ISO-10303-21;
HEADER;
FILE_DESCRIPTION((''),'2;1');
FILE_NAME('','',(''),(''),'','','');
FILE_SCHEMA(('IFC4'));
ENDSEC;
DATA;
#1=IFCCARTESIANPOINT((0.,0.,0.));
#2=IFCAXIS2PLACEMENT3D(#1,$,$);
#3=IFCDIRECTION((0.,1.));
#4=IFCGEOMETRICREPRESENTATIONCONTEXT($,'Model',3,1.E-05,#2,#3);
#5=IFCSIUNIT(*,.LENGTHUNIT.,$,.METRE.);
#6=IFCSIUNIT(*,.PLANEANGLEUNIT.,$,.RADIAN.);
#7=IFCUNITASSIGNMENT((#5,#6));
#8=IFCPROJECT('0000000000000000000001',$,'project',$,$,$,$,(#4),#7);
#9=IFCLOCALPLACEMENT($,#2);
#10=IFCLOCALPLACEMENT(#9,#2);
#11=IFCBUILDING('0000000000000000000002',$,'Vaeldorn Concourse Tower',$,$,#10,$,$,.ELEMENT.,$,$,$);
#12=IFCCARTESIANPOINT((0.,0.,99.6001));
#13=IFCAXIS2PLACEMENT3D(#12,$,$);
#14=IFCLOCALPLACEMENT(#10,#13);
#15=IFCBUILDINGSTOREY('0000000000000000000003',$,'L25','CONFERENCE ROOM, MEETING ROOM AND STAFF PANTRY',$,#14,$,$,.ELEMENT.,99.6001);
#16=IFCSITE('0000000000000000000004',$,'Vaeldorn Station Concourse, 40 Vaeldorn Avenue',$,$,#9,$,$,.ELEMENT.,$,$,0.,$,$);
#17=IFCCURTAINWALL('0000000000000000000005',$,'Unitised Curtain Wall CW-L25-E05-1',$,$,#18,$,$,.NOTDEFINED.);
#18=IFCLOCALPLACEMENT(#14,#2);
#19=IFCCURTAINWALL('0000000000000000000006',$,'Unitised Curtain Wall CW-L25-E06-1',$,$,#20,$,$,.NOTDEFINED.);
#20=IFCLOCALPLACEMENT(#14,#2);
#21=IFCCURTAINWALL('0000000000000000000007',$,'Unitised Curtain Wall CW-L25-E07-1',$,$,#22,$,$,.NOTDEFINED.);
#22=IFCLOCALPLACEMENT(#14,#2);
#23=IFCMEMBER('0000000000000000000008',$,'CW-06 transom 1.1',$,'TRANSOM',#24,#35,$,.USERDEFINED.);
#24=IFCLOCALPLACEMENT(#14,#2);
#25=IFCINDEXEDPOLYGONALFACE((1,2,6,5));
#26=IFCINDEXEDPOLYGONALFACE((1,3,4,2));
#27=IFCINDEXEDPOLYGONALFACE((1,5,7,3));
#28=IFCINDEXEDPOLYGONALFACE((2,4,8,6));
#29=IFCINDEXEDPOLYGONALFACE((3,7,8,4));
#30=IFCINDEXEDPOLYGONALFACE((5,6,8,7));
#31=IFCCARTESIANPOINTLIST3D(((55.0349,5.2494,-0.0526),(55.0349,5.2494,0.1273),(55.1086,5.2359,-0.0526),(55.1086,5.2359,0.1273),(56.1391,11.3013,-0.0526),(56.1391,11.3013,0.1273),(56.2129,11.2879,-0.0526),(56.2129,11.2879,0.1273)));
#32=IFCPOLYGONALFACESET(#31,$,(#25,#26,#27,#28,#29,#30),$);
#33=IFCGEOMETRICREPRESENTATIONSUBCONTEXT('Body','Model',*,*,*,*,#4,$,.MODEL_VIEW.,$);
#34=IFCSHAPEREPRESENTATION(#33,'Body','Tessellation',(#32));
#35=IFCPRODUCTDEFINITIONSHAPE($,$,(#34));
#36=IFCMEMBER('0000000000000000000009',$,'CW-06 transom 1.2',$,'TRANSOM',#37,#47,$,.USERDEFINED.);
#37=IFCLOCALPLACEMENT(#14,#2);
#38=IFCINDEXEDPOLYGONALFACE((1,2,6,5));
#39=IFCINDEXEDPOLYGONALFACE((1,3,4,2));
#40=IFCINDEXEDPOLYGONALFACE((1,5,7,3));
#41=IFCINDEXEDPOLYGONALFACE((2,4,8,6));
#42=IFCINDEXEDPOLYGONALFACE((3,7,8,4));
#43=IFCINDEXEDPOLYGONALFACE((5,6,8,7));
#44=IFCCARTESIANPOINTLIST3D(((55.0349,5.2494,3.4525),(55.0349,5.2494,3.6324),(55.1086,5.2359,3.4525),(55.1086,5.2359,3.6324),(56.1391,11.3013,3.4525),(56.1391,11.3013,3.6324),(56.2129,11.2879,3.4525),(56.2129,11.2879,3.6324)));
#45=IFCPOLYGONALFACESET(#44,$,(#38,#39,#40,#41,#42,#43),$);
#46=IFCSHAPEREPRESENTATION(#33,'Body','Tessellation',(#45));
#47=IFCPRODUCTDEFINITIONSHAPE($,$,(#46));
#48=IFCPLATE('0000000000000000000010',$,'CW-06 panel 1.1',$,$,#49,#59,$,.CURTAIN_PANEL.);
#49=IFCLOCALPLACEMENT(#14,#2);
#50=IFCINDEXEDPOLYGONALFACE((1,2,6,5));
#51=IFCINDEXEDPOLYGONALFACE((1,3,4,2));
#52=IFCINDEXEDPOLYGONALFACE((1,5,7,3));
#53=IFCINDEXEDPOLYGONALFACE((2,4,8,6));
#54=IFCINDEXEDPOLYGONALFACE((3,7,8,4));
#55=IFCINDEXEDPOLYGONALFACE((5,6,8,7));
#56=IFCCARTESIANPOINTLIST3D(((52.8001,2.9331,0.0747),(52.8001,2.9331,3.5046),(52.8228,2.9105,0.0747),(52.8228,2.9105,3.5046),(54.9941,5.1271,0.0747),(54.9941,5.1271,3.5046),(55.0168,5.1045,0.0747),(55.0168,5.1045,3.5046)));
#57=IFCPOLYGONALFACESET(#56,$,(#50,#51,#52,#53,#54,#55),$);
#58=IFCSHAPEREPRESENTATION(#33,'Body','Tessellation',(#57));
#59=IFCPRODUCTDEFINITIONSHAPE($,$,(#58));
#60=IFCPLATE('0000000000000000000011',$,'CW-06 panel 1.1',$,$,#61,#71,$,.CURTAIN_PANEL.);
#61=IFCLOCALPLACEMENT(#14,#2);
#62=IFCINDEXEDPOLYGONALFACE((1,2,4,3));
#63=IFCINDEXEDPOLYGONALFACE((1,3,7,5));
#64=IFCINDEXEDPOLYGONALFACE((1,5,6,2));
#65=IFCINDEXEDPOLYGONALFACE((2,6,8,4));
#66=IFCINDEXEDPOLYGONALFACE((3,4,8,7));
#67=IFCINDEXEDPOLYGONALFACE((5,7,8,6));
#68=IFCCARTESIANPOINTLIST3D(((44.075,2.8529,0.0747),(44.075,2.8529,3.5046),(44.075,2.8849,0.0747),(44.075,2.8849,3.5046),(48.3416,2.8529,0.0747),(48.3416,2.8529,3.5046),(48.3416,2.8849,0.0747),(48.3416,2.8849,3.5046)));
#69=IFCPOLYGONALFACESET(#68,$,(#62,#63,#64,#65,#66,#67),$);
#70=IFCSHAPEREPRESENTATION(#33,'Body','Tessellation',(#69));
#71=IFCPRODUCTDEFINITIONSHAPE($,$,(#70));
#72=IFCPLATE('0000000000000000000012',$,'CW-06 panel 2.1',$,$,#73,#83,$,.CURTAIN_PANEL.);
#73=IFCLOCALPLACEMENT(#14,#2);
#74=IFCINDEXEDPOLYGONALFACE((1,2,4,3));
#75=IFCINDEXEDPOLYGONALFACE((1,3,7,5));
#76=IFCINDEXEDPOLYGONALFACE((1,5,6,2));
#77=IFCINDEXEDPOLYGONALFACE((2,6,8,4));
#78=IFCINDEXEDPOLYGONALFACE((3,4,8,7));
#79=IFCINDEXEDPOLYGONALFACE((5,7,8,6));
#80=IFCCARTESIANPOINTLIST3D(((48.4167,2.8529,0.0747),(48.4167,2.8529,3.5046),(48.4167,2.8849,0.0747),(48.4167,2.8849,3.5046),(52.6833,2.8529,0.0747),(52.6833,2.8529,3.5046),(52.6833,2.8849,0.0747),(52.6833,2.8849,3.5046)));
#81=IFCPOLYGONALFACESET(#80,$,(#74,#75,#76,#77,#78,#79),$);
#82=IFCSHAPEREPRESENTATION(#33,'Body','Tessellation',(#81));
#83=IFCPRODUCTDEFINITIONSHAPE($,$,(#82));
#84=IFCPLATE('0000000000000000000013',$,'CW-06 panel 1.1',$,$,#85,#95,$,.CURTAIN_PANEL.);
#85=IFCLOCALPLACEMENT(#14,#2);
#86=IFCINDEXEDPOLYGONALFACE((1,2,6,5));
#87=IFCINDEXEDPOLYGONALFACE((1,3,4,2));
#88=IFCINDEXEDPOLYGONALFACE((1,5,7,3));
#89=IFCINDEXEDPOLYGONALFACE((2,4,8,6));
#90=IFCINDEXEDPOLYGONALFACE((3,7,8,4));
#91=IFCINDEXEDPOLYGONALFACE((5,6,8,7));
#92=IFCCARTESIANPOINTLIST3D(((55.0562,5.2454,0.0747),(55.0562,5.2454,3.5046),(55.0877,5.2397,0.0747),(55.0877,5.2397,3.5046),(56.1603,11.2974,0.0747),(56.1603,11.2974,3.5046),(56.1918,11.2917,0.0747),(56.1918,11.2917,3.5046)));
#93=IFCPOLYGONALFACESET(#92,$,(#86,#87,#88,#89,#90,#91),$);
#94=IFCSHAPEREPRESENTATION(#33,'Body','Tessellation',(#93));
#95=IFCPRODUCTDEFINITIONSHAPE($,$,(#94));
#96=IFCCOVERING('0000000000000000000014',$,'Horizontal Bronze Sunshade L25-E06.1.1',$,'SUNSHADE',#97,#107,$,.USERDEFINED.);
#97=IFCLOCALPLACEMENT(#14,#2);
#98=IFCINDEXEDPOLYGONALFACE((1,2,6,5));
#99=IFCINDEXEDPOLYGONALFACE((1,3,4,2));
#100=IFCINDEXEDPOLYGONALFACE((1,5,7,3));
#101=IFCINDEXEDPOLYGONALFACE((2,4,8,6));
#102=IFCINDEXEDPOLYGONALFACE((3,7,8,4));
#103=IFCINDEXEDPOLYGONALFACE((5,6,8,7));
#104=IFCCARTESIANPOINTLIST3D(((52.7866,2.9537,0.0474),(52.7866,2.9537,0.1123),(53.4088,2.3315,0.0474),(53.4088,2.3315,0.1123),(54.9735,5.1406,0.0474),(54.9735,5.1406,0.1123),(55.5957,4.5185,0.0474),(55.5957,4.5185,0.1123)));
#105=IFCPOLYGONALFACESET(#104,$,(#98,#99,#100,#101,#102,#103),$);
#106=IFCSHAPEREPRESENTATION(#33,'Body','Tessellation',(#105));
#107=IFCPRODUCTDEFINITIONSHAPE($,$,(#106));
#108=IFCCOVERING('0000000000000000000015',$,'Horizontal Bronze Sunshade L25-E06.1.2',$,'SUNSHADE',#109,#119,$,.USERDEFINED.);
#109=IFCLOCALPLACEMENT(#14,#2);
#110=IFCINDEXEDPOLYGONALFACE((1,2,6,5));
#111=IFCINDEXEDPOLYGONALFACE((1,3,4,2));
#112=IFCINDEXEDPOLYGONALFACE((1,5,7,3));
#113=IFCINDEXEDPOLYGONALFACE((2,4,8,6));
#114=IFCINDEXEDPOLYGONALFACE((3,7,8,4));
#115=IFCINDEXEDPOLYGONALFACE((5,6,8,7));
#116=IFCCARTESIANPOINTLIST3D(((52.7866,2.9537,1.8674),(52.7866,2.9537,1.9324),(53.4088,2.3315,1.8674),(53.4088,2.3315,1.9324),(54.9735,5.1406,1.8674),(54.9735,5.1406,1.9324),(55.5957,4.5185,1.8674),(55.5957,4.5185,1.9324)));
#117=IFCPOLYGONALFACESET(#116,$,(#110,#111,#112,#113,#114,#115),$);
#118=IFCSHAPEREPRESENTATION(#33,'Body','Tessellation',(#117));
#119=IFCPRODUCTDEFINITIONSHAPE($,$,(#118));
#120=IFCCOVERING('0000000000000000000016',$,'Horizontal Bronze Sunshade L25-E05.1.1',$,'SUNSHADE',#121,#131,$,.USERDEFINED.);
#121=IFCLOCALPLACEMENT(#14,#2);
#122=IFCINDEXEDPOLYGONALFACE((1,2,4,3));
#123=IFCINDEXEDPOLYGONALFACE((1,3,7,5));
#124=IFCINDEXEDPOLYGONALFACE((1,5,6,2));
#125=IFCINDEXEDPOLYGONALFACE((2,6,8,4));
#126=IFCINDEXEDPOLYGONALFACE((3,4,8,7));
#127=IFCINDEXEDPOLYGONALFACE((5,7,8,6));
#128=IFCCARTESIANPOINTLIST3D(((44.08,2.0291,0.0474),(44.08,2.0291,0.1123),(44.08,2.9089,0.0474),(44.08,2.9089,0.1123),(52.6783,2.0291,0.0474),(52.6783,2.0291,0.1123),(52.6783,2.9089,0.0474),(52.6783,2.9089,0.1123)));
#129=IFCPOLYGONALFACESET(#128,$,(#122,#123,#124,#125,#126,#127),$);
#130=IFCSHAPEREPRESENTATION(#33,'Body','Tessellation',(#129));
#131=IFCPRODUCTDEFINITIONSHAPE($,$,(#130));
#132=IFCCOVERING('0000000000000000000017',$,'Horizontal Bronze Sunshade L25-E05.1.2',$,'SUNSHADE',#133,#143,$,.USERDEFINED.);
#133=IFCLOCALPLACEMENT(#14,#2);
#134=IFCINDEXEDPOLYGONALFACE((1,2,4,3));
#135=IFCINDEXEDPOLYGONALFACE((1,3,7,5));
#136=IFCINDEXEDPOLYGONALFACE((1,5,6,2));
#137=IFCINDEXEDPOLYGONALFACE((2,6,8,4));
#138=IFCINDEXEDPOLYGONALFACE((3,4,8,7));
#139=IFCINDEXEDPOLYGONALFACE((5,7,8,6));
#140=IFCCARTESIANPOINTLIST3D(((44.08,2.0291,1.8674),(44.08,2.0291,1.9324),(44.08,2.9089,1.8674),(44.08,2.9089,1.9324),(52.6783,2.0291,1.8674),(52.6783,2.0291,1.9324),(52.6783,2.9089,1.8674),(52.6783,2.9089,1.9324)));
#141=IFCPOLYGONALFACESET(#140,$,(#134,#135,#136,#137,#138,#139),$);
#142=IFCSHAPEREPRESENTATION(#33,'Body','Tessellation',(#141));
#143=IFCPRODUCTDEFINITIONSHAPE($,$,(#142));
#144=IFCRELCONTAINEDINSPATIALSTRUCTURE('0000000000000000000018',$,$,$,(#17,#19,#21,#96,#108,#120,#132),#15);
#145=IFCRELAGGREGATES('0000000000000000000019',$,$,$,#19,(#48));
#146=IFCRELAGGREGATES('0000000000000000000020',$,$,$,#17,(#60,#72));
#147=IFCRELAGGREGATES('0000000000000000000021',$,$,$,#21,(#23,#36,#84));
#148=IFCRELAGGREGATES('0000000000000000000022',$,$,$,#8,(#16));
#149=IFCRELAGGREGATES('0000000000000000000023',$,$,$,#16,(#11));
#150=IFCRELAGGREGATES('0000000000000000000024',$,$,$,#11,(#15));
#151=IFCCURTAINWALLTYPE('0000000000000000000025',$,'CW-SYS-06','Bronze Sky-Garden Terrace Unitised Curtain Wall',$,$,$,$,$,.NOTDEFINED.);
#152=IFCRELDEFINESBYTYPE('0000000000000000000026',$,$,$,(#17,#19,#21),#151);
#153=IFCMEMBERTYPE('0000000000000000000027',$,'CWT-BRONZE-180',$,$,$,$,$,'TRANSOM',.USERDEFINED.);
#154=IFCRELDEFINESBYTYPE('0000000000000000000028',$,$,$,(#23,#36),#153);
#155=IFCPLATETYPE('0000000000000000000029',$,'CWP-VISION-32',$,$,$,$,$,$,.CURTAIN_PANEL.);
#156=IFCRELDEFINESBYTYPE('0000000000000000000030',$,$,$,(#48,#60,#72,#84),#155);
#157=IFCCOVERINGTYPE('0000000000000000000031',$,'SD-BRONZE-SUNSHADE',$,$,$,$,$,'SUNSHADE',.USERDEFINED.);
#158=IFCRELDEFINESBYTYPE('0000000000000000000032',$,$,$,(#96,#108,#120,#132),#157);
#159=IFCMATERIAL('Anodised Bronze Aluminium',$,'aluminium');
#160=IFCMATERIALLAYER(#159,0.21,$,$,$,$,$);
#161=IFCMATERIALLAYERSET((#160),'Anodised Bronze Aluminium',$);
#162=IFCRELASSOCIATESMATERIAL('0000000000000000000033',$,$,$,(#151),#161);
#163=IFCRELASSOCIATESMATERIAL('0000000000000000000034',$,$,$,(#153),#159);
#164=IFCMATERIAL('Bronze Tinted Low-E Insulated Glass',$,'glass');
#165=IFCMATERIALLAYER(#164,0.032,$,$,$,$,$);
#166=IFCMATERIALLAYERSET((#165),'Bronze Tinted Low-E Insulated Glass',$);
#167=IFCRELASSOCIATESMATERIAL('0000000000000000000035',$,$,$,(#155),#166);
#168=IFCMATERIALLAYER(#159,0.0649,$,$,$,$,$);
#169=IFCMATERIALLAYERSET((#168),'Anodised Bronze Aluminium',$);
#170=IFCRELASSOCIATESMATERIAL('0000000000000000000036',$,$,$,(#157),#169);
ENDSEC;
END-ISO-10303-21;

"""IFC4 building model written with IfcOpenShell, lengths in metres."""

from ifc_helpers import new_model, si_unit, direction, frame, origin, origin_2d, place, context, subcontext, project, spatial, rectangle, extrude, source, transform, mapped, material, layer, layer_set, material_profile, profile_set, type_object, element, aggregate, save


model = new_model("IFC4")

# Units and contexts
model_context = context("Model", 3, precision=1e-05, world=origin(), true_north=direction((0.0, 1.0)))
body_context = subcontext(model_context, "Body", "Model", "MODEL_VIEW")
ifc_project = project(units=[si_unit("LENGTHUNIT", "METRE"), si_unit("PLANEANGLEUNIT", "RADIAN")], contexts=[model_context])

# Site, building, storey
site_placement = place(None, origin())
site = spatial("IfcSite", under=ifc_project, at=site_placement, Name="Vaeldorn Station Concourse, 40 Vaeldorn Avenue", CompositionType="ELEMENT", RefElevation=0.0)
building_placement = place(site_placement, origin())
building = spatial("IfcBuilding", under=site, at=building_placement, Name="Vaeldorn Concourse Tower", CompositionType="ELEMENT")
storey_placement = place(building_placement, frame((0.0, 0.0, 99.6001)))
storey = spatial("IfcBuildingStorey", under=building, at=storey_placement, Name="L25", Description="CONFERENCE ROOM, MEETING ROOM AND STAFF PANTRY", CompositionType="ELEMENT", Elevation=99.6001)

# Curtain walls
ifc_material_1 = material(Name="Anodised Bronze Aluminium", Category="aluminium")
ifc_layer_1 = layer(ifc_material_1, 0.21)
ifc_layer_set_1 = layer_set([ifc_layer_1], Name="Anodised Bronze Aluminium")
curtain_wall_type = type_object("IfcCurtainWallType", Name="CW-SYS-06", Description="Bronze Sky-Garden Terrace Unitised Curtain Wall", PredefinedType="NOTDEFINED", material=ifc_layer_set_1)
curtain_wall_1_placement = place(storey_placement, origin())
curtain_wall_1 = element("IfcCurtainWall", 1, at=curtain_wall_1_placement, inside=storey, type_object=curtain_wall_type, Name="Unitised Curtain Wall CW-L25-E05-1", PredefinedType="NOTDEFINED")
curtain_wall_2_placement = place(storey_placement, origin())
curtain_wall_2 = element("IfcCurtainWall", 2, at=curtain_wall_2_placement, inside=storey, type_object=curtain_wall_type, Name="Unitised Curtain Wall CW-L25-E06-1", PredefinedType="NOTDEFINED")
curtain_wall_3_placement = place(storey_placement, origin())
curtain_wall_3 = element("IfcCurtainWall", 3, at=curtain_wall_3_placement, inside=storey, type_object=curtain_wall_type, Name="Unitised Curtain Wall CW-L25-E07-1", PredefinedType="NOTDEFINED")

# Members
ifc_material_profile_1 = material_profile(ifc_material_1, rectangle(XDim=0.075, YDim=0.1799, at=origin_2d()), Name="CWT 75x180")
ifc_profile_set_1 = profile_set([ifc_material_profile_1], Name="Anodised Bronze Aluminium")
member_type_1 = type_object("IfcMemberType", Name="CWT-BRONZE-180", ElementType="TRANSOM", PredefinedType="USERDEFINED", material=ifc_profile_set_1)
shared_shape_1 = source(origin(), body_context, "Body", "SweptSolid", [
    extrude(rectangle(XDim=0.075, YDim=0.1799, at=origin_2d()), origin(), (0.0, 0.0, 1.0), 6.1519),
])
member_1_placement = place(storey_placement, frame((55.0718, 5.2427, 0.0374), z_axis=(0.179497, 0.983759, 0.0), x_axis=(-0.983759, 0.179497, 0.0)))
member_1 = element("IfcMember", 4, at=member_1_placement, type_object=member_type_1, Name="CW-06 transom 1.1", ObjectType="TRANSOM", PredefinedType="USERDEFINED", context=body_context, shape_type="MappedRepresentation", body=[
    mapped(shared_shape_1, transform((0.0, 0.0, 0.0), scale=1.0)),
])
member_2_placement = place(storey_placement, frame((55.0718, 5.2427, 3.5425), z_axis=(0.179497, 0.983759, 0.0), x_axis=(-0.983759, 0.179497, 0.0)))
member_2 = element("IfcMember", 5, at=member_2_placement, type_object=member_type_1, Name="CW-06 transom 1.2", ObjectType="TRANSOM", PredefinedType="USERDEFINED", context=body_context, shape_type="MappedRepresentation", body=[
    mapped(shared_shape_1, transform((0.0, 0.0, 0.0), scale=1.0)),
])

# Plates
ifc_material_2 = material(Name="Bronze Tinted Low-E Insulated Glass", Category="glass")
ifc_layer_2 = layer(ifc_material_2, 0.032)
ifc_layer_set_2 = layer_set([ifc_layer_2], Name="Bronze Tinted Low-E Insulated Glass")
plate_type = type_object("IfcPlateType", Name="CWP-VISION-32", PredefinedType="CURTAIN_PANEL", material=ifc_layer_set_2)
shared_shape_2 = source(origin(), body_context, "Body", "SweptSolid", [
    extrude(rectangle(XDim=3.1028, YDim=0.032, at=origin_2d()), origin(), (0.0, 0.0, 1.0), 3.4299),
])
plate_1_placement = place(storey_placement, frame((53.9084, 4.0188, 0.0747), z_axis=(0.0, 0.0, 1.0), x_axis=(0.707107, 0.707107, 0.0)))
plate_1 = element("IfcPlate", 6, at=plate_1_placement, type_object=plate_type, Name="CW-06 panel 1.1", PredefinedType="CURTAIN_PANEL", context=body_context, shape_type="MappedRepresentation", body=[
    mapped(shared_shape_2, transform((0.0, 0.0, 0.0), scale=1.0)),
])
aggregate(curtain_wall_2, [plate_1])
shared_shape_3 = source(origin(), body_context, "Body", "SweptSolid", [
    extrude(rectangle(XDim=4.2666, YDim=0.032, at=origin_2d()), origin(), (0.0, 0.0, 1.0), 3.4299),
])
plate_2_placement = place(storey_placement, frame((46.2083, 2.8689, 0.0747), z_axis=(0.0, 0.0, 1.0), x_axis=(1.0, 0.0, 0.0)))
plate_2 = element("IfcPlate", 7, at=plate_2_placement, type_object=plate_type, Name="CW-06 panel 1.1", PredefinedType="CURTAIN_PANEL", context=body_context, shape_type="MappedRepresentation", body=[
    mapped(shared_shape_3, transform((0.0, 0.0, 0.0), scale=1.0)),
])
plate_3_placement = place(storey_placement, frame((50.55, 2.8689, 0.0747), z_axis=(0.0, 0.0, 1.0), x_axis=(1.0, 0.0, 0.0)))
plate_3 = element("IfcPlate", 8, at=plate_3_placement, type_object=plate_type, Name="CW-06 panel 2.1", PredefinedType="CURTAIN_PANEL", context=body_context, shape_type="MappedRepresentation", body=[
    mapped(shared_shape_3, transform((0.0, 0.0, 0.0), scale=1.0)),
])
aggregate(curtain_wall_1, [plate_2, plate_3])
shared_shape_4 = source(origin(), body_context, "Body", "SweptSolid", [
    extrude(rectangle(XDim=6.1519, YDim=0.032, at=origin_2d()), origin(), (0.0, 0.0, 1.0), 3.4299),
])
plate_4_placement = place(storey_placement, frame((55.624, 8.2686, 0.0747), z_axis=(0.0, 0.0, 1.0), x_axis=(0.179473, 0.983763, 0.0)))
plate_4 = element("IfcPlate", 9, at=plate_4_placement, type_object=plate_type, Name="CW-06 panel 1.1", PredefinedType="CURTAIN_PANEL", context=body_context, shape_type="MappedRepresentation", body=[
    mapped(shared_shape_4, transform((0.0, 0.0, 0.0), scale=1.0)),
])
aggregate(curtain_wall_3, [member_1, member_2, plate_4])

# Coverings
ifc_layer_3 = layer(ifc_material_1, 0.0649)
ifc_layer_set_3 = layer_set([ifc_layer_3], Name="Anodised Bronze Aluminium")
covering_type = type_object("IfcCoveringType", Name="SD-BRONZE-SUNSHADE", ElementType="SUNSHADE", PredefinedType="USERDEFINED", material=ifc_layer_set_3)
shared_shape_5 = source(origin(), body_context, "Body", "SweptSolid", [
    extrude(rectangle(XDim=3.0928, YDim=0.8799, at=origin_2d()), origin(), (0.0, 0.0, 1.0), 0.0649),
])
for number, where, z_axis, x_axis, name in (
    (10, (54.1912, 3.7361, 0.0474), (0.0, 0.0, 1.0), (0.707107, 0.707107, 0.0), "Horizontal Bronze Sunshade L25-E06.1.1"),
    (11, (54.1912, 3.7361, 1.8674), (0.0, 0.0, 1.0), (0.707107, 0.707107, 0.0), "Horizontal Bronze Sunshade L25-E06.1.2"),
):
    element("IfcCovering", number, at=place(storey_placement, frame(where, z_axis=z_axis, x_axis=x_axis)), inside=storey, type_object=covering_type, Name=name, ObjectType="SUNSHADE", PredefinedType="USERDEFINED", context=body_context, shape_type="MappedRepresentation", body=[
        mapped(shared_shape_5, transform((0.0, 0.0, 0.0), scale=1.0)),
    ])
shared_shape_6 = source(origin(), body_context, "Body", "SweptSolid", [
    extrude(rectangle(XDim=8.5984, YDim=0.8799, at=origin_2d()), origin(), (0.0, 0.0, 1.0), 0.0649),
])
for number, where, z_axis, x_axis, name in (
    (12, (48.3792, 2.469, 0.0474), (0.0, 0.0, 1.0), (1.0, 0.0, 0.0), "Horizontal Bronze Sunshade L25-E05.1.1"),
    (13, (48.3792, 2.469, 1.8674), (0.0, 0.0, 1.0), (1.0, 0.0, 0.0), "Horizontal Bronze Sunshade L25-E05.1.2"),
):
    element("IfcCovering", number, at=place(storey_placement, frame(where, z_axis=z_axis, x_axis=x_axis)), inside=storey, type_object=covering_type, Name=name, ObjectType="SUNSHADE", PredefinedType="USERDEFINED", context=body_context, shape_type="MappedRepresentation", body=[
        mapped(shared_shape_6, transform((0.0, 0.0, 0.0), scale=1.0)),
    ])

save(model, "model.ifc")
